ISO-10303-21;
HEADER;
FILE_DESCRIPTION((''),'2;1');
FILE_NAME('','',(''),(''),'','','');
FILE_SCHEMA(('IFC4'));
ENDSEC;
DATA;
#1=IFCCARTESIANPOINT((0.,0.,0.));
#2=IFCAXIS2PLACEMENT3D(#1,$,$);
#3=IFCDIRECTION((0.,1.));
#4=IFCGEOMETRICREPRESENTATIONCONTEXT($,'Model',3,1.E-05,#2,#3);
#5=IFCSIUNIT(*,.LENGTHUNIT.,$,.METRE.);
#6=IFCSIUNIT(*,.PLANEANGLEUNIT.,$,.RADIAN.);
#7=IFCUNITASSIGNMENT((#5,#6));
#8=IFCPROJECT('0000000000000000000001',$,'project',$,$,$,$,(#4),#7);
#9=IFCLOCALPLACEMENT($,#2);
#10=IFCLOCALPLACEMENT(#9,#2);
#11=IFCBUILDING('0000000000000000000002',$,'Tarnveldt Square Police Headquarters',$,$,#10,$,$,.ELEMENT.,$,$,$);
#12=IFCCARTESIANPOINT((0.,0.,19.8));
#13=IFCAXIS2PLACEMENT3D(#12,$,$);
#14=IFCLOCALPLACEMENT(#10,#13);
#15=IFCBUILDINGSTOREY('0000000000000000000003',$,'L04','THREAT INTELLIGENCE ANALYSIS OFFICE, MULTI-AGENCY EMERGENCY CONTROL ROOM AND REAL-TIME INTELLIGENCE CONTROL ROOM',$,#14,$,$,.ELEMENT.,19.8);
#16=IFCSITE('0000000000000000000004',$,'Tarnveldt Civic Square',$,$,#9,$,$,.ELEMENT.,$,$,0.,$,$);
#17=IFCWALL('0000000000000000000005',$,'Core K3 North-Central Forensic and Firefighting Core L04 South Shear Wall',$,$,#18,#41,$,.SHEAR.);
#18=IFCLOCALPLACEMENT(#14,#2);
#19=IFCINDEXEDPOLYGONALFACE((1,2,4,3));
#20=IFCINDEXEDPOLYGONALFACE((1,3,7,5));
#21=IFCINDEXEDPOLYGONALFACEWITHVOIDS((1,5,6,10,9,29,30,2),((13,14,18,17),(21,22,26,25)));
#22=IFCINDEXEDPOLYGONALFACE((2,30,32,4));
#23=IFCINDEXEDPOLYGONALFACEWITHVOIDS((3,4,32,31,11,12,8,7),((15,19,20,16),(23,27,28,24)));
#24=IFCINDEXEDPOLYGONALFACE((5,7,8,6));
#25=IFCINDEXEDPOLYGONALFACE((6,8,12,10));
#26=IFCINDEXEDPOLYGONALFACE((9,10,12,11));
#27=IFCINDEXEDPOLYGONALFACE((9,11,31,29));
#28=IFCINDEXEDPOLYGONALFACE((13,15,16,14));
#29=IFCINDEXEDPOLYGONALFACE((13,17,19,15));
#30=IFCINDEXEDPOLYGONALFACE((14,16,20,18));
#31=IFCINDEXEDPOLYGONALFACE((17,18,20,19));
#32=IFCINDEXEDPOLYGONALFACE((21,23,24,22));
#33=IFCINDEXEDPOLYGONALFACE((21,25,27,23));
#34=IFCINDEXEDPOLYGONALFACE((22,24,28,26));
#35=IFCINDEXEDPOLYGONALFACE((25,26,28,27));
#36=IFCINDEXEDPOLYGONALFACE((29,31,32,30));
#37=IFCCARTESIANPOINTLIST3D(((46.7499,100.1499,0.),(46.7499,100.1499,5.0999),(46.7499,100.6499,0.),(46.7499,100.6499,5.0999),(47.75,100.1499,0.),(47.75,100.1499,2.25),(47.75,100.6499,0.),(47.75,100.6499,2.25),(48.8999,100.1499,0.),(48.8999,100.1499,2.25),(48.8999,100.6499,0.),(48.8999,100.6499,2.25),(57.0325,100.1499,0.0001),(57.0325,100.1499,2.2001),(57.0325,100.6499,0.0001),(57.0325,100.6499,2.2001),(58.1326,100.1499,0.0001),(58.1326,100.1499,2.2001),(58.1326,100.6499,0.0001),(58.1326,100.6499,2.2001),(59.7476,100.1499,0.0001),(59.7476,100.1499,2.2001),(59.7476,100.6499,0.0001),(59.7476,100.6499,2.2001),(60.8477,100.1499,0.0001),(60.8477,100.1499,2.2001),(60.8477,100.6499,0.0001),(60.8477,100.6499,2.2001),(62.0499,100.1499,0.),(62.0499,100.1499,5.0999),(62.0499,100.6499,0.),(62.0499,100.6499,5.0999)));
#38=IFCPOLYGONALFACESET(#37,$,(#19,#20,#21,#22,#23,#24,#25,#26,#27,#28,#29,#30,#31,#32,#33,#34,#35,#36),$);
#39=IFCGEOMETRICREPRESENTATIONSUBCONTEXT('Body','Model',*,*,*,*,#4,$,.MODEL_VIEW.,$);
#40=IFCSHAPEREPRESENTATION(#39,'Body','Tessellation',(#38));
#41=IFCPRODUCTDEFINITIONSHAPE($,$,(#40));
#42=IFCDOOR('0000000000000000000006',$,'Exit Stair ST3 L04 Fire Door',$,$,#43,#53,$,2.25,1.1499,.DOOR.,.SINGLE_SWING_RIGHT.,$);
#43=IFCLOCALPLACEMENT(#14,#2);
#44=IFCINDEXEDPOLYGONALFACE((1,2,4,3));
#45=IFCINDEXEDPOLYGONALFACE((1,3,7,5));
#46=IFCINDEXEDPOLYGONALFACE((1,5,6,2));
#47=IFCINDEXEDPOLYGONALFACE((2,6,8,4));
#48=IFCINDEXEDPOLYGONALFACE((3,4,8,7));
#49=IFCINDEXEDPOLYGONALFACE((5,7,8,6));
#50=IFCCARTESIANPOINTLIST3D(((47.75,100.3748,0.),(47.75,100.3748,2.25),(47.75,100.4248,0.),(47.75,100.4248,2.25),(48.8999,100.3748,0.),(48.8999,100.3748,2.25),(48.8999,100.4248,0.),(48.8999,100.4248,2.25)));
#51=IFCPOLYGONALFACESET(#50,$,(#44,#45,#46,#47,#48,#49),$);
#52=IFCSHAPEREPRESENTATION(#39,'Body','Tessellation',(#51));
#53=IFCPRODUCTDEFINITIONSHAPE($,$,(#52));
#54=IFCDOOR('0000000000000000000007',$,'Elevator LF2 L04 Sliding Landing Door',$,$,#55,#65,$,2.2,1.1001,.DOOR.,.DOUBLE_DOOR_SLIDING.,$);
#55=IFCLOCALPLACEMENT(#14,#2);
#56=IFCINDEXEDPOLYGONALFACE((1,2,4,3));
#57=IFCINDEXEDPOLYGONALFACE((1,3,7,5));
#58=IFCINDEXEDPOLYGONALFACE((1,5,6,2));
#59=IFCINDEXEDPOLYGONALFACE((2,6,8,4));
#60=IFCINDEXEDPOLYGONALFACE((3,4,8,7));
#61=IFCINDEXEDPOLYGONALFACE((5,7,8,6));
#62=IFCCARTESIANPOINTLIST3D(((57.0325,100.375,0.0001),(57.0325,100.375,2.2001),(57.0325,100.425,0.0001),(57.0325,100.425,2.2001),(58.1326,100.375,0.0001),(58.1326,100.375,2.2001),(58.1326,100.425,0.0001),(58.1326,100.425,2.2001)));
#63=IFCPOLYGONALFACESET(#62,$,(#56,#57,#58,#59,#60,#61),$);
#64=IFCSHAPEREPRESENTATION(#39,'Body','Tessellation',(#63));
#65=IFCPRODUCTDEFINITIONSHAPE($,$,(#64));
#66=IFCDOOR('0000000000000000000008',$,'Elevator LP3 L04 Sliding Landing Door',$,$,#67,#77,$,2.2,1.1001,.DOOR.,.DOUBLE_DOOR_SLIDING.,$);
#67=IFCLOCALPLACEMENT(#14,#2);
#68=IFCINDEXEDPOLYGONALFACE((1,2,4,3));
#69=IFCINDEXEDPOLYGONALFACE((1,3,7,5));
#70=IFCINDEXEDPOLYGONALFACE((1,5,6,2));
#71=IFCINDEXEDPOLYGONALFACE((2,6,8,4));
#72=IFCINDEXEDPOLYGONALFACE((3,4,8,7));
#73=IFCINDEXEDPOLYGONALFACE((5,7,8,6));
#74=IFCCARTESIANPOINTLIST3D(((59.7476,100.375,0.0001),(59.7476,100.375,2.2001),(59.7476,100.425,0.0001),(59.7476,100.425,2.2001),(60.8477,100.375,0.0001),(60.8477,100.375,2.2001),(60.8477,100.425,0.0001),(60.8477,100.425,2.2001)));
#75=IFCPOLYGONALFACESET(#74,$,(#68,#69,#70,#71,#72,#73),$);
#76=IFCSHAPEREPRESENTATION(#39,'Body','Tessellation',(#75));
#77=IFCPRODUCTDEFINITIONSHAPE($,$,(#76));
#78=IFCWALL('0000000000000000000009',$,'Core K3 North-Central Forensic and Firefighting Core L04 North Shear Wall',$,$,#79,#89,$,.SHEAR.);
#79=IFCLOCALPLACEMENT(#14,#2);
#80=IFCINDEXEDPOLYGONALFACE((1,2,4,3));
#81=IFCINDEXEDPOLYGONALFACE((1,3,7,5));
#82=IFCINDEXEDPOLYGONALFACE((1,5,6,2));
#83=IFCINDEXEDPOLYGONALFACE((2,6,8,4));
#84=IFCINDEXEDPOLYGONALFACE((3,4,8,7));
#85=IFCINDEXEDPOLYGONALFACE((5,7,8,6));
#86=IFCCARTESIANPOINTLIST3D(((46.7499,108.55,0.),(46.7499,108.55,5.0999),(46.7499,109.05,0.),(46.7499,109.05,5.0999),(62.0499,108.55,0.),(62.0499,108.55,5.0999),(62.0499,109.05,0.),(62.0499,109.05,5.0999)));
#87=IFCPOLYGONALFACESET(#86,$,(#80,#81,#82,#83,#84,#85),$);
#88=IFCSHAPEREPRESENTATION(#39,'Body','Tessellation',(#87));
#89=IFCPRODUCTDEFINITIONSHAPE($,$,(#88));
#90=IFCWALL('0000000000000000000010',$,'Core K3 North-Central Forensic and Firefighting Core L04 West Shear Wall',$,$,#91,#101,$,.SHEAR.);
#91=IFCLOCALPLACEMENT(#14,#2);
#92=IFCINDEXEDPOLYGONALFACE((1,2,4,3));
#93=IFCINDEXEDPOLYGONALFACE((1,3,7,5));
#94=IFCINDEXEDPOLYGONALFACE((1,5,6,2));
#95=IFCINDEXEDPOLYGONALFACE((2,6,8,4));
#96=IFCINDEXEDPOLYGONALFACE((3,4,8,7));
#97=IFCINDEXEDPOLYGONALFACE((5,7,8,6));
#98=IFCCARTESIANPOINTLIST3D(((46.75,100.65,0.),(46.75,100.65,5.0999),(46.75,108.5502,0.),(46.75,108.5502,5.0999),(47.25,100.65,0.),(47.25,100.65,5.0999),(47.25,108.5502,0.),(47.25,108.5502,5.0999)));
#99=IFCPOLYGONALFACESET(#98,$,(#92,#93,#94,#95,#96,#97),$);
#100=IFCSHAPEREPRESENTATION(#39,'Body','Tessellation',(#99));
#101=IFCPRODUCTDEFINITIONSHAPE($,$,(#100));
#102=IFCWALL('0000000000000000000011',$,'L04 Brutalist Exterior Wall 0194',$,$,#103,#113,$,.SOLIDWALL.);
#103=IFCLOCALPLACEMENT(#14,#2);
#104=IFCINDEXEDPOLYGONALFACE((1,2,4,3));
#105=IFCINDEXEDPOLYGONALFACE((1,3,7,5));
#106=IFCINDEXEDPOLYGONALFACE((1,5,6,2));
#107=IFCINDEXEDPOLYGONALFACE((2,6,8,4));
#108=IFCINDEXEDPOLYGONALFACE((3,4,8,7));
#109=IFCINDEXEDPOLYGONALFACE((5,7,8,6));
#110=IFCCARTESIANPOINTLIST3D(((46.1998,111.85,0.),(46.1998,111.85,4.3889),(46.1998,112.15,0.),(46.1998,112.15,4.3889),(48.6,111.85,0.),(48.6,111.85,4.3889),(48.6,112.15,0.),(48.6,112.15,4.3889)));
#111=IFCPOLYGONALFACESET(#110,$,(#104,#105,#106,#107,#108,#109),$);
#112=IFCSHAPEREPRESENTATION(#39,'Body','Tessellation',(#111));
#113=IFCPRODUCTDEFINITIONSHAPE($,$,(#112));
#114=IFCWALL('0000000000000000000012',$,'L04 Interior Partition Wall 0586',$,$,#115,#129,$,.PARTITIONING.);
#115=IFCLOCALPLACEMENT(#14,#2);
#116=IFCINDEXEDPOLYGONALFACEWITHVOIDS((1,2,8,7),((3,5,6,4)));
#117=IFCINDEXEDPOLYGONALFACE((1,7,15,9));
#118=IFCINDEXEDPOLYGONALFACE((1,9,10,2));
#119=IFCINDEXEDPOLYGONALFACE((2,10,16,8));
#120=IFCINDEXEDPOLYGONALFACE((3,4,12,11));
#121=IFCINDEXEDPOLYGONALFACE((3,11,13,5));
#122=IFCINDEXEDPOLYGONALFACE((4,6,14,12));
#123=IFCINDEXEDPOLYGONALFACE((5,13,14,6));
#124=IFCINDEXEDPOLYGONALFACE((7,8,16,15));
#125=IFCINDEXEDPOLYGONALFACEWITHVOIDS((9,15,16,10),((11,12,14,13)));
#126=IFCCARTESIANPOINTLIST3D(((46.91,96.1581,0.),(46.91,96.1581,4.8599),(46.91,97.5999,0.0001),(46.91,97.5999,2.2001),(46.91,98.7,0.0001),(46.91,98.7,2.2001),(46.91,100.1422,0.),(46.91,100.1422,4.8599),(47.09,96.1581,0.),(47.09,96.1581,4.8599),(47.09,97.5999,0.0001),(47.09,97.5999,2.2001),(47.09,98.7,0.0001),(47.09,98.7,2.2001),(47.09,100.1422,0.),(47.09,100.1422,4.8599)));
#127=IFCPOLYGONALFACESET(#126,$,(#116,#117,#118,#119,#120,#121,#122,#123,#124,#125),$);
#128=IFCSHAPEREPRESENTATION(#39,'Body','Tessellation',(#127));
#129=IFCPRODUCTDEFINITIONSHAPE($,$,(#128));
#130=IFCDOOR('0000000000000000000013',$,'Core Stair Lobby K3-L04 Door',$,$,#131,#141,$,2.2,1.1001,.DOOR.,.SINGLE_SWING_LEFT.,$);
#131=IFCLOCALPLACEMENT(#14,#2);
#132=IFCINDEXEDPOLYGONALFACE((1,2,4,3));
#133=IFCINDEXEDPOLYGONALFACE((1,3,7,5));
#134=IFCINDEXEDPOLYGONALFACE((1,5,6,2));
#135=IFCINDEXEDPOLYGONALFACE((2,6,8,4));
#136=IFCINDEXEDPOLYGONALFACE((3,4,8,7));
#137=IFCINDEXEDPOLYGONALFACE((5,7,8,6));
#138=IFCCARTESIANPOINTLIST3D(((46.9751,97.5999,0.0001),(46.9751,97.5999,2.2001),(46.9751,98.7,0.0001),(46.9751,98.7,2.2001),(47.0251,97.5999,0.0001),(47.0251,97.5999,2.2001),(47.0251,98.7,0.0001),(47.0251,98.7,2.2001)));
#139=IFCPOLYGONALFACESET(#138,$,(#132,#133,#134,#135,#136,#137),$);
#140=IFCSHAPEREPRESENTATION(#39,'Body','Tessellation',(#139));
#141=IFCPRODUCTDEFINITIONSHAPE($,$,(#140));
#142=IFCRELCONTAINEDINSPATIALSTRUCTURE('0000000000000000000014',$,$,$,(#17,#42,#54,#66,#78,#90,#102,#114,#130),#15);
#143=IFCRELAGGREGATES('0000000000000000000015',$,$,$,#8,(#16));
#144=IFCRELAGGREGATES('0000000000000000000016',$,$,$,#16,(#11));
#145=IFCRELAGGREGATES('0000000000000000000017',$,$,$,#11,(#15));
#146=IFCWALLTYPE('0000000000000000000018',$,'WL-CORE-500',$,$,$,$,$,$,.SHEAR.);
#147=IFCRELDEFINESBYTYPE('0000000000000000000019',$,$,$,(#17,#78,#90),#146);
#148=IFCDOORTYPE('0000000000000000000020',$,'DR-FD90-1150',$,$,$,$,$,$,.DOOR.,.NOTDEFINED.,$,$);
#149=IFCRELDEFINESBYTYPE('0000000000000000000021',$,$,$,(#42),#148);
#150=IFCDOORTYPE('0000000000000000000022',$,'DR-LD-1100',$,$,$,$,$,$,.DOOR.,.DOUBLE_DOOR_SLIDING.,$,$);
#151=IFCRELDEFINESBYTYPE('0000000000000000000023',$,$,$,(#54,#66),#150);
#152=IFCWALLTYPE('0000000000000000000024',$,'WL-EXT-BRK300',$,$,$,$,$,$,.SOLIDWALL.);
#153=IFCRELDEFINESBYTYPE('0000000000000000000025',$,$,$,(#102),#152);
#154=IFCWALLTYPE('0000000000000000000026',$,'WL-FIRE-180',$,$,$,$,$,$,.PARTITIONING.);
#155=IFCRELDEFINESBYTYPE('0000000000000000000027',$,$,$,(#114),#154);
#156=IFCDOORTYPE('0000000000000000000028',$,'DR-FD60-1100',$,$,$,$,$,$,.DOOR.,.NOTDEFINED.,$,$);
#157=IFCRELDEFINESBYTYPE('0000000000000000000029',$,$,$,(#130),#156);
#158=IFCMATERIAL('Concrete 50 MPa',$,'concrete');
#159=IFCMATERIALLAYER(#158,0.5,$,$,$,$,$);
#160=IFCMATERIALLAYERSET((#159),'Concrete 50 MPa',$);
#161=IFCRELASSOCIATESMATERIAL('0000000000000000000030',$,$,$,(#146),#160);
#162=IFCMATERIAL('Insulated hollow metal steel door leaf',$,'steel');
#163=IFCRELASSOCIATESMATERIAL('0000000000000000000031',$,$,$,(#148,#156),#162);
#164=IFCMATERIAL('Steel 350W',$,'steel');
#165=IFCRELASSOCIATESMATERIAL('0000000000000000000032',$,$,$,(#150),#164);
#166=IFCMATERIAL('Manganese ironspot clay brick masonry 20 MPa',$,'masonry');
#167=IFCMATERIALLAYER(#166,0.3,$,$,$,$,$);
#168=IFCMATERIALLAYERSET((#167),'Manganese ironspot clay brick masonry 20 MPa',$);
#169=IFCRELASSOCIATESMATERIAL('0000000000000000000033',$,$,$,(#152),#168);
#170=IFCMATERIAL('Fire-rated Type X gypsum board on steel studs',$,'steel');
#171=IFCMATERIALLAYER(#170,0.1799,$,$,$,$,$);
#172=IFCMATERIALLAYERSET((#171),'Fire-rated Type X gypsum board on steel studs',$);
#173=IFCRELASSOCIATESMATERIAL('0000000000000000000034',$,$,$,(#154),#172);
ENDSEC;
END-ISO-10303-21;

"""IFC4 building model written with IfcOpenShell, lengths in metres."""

from ifc_helpers import new_model, si_unit, direction, frame, frame_2d, origin, place, context, subcontext, project, spatial, rectangle, extrude, material, layer, layer_set, type_object, element, fill, save


model = new_model("IFC4")

# Units and contexts
model_context = context("Model", 3, precision=1e-05, world=origin(), true_north=direction((0.0, 1.0)))
body_context = subcontext(model_context, "Body", "Model", "MODEL_VIEW")
ifc_project = project(units=[si_unit("LENGTHUNIT", "METRE"), si_unit("PLANEANGLEUNIT", "RADIAN")], contexts=[model_context])

# Site, building, storey
site_placement = place(None, origin())
site = spatial("IfcSite", under=ifc_project, at=site_placement, Name="Tarnveldt Civic Square", CompositionType="ELEMENT", RefElevation=0.0)
building_placement = place(site_placement, origin())
building = spatial("IfcBuilding", under=site, at=building_placement, Name="Tarnveldt Square Police Headquarters", CompositionType="ELEMENT")
storey_placement = place(building_placement, frame((0.0, 0.0, 19.8)))
storey = spatial("IfcBuildingStorey", under=building, at=storey_placement, Name="L04", Description="THREAT INTELLIGENCE ANALYSIS OFFICE, MULTI-AGENCY EMERGENCY CONTROL ROOM AND REAL-TIME INTELLIGENCE CONTROL ROOM", CompositionType="ELEMENT", Elevation=19.8)

# Shared definitions
ifc_material_1 = material(Name="Steel 350W", Category="steel")

# Shared definitions
ifc_material_2 = material(Name="Concrete 50 MPa", Category="concrete")

# Wall, openings, doors
ifc_layer_1 = layer(ifc_material_2, 0.5)
ifc_layer_set_1 = layer_set([ifc_layer_1], Name="Concrete 50 MPa")
wall_type_1 = type_object("IfcWallType", Name="WL-CORE-500", PredefinedType="SHEAR", material=ifc_layer_set_1)
wall_1_placement = place(storey_placement, frame((46.75, 100.3999, 0.0), z_axis=(0.0, 0.0, 1.0), x_axis=(1.0, 0.0, 0.0)))
wall_1 = element("IfcWall", 1, at=wall_1_placement, inside=storey, type_object=wall_type_1, Name="Core K3 North-Central Forensic and Firefighting Core L04 South Shear Wall", PredefinedType="SHEAR", context=body_context, shape_type="SweptSolid", body=[
    extrude(rectangle(XDim=15.3, YDim=0.5, at=frame_2d((7.6499, 0.0))), origin(), (0.0, 0.0, 1.0), 5.0999),
])
opening_1_placement = place(wall_1_placement, frame((1.0, 0.0, 0.0)))
opening_1 = element("IfcOpeningElement", 2, at=opening_1_placement, cuts=wall_1, PredefinedType="OPENING", context=body_context, shape_type="SweptSolid", body=[
    extrude(rectangle(XDim=1.1499, YDim=2.25, at=frame_2d((0.575, 1.125))), frame((0.0, 0.26, 0.0), z_axis=(0.0, -1.0, 0.0), x_axis=(1.0, 0.0, 0.0)), (0.0, 0.0, 1.0), 0.52),
])
opening_2_placement = place(wall_1_placement, frame((10.2825, 0.0, 0.0)))
opening_2 = element("IfcOpeningElement", 3, at=opening_2_placement, cuts=wall_1, PredefinedType="OPENING", context=body_context, shape_type="SweptSolid", body=[
    extrude(rectangle(XDim=1.1001, YDim=2.2, at=frame_2d((0.55, 1.1001))), frame((0.0, 0.26, 0.0), z_axis=(0.0, -1.0, 0.0), x_axis=(1.0, 0.0, 0.0)), (0.0, 0.0, 1.0), 0.52),
])
opening_3_placement = place(wall_1_placement, frame((12.9976, 0.0, 0.0)))
opening_3 = element("IfcOpeningElement", 4, at=opening_3_placement, cuts=wall_1, PredefinedType="OPENING", context=body_context, shape_type="SweptSolid", body=[
    extrude(rectangle(XDim=1.1001, YDim=2.2, at=frame_2d((0.55, 1.1001))), frame((0.0, 0.26, 0.0), z_axis=(0.0, -1.0, 0.0), x_axis=(1.0, 0.0, 0.0)), (0.0, 0.0, 1.0), 0.52),
])
ifc_material_3 = material(Name="Insulated hollow metal steel door leaf", Category="steel")
door_type_1 = type_object("IfcDoorType", Name="DR-FD90-1150", OperationType="NOTDEFINED", PredefinedType="DOOR", material=ifc_material_3)
door_1_placement = place(opening_1_placement, origin())
door_1 = element("IfcDoor", 5, at=door_1_placement, inside=storey, type_object=door_type_1, Name="Exit Stair ST3 L04 Fire Door", OperationType="SINGLE_SWING_RIGHT", OverallHeight=2.25, OverallWidth=1.1499, PredefinedType="DOOR", context=body_context, shape_type="SweptSolid", body=[
    extrude(rectangle(XDim=1.1499, YDim=2.25, at=frame_2d((0.575, 1.125))), frame((0.0, 0.0249, 0.0), z_axis=(0.0, -1.0, 0.0), x_axis=(1.0, 0.0, 0.0)), (0.0, 0.0, 1.0), 0.05),
])
fill(opening_1, door_1)
door_type_2 = type_object("IfcDoorType", Name="DR-LD-1100", OperationType="DOUBLE_DOOR_SLIDING", PredefinedType="DOOR", material=ifc_material_1)
door_2_placement = place(opening_2_placement, frame((1.1001, 0.0, 0.0), z_axis=(0.0, 0.0, 1.0), x_axis=(-1.0, 0.0, 0.0)))
door_2 = element("IfcDoor", 6, at=door_2_placement, inside=storey, type_object=door_type_2, Name="Elevator LF2 L04 Sliding Landing Door", OperationType="DOUBLE_DOOR_SLIDING", OverallHeight=2.2, OverallWidth=1.1001, PredefinedType="DOOR", context=body_context, shape_type="SweptSolid", body=[
    extrude(rectangle(XDim=1.1001, YDim=2.2, at=frame_2d((0.55, 1.1001))), frame((0.0, 0.0249, 0.0), z_axis=(0.0, -1.0, 0.0), x_axis=(1.0, 0.0, 0.0)), (0.0, 0.0, 1.0), 0.05),
])
fill(opening_2, door_2)
door_3_placement = place(opening_3_placement, frame((1.1001, 0.0, 0.0), z_axis=(0.0, 0.0, 1.0), x_axis=(-1.0, 0.0, 0.0)))
door_3 = element("IfcDoor", 7, at=door_3_placement, inside=storey, type_object=door_type_2, Name="Elevator LP3 L04 Sliding Landing Door", OperationType="DOUBLE_DOOR_SLIDING", OverallHeight=2.2, OverallWidth=1.1001, PredefinedType="DOOR", context=body_context, shape_type="SweptSolid", body=[
    extrude(rectangle(XDim=1.1001, YDim=2.2, at=frame_2d((0.55, 1.1001))), frame((0.0, 0.0249, 0.0), z_axis=(0.0, -1.0, 0.0), x_axis=(1.0, 0.0, 0.0)), (0.0, 0.0, 1.0), 0.05),
])
fill(opening_3, door_3)

# Walls
wall_2_placement = place(storey_placement, frame((46.75, 108.8, 0.0), z_axis=(0.0, 0.0, 1.0), x_axis=(1.0, 0.0, 0.0)))
element("IfcWall", 8, at=wall_2_placement, inside=storey, type_object=wall_type_1, Name="Core K3 North-Central Forensic and Firefighting Core L04 North Shear Wall", PredefinedType="SHEAR", context=body_context, shape_type="SweptSolid", body=[
    extrude(rectangle(XDim=15.3, YDim=0.5, at=frame_2d((7.6499, 0.0))), origin(), (0.0, 0.0, 1.0), 5.0999),
])
wall_3_placement = place(storey_placement, frame((47.0, 100.6499, 0.0), z_axis=(0.0, 0.0, 1.0), x_axis=(0.0, 1.0, 0.0)))
element("IfcWall", 9, at=wall_3_placement, inside=storey, type_object=wall_type_1, Name="Core K3 North-Central Forensic and Firefighting Core L04 West Shear Wall", PredefinedType="SHEAR", context=body_context, shape_type="SweptSolid", body=[
    extrude(rectangle(XDim=7.9001, YDim=0.5, at=frame_2d((3.9502, 0.0))), origin(), (0.0, 0.0, 1.0), 5.0999),
])
ifc_material_4 = material(Name="Manganese ironspot clay brick masonry 20 MPa", Category="masonry")
ifc_layer_2 = layer(ifc_material_4, 0.3)
ifc_layer_set_2 = layer_set([ifc_layer_2], Name="Manganese ironspot clay brick masonry 20 MPa")
wall_type_2 = type_object("IfcWallType", Name="WL-EXT-BRK300", PredefinedType="SOLIDWALL", material=ifc_layer_set_2)
wall_4_placement = place(storey_placement, frame((48.6001, 112.0, 0.0), z_axis=(0.0, 0.0, 1.0), x_axis=(-1.0, 0.0, 0.0)))
element("IfcWall", 10, at=wall_4_placement, inside=storey, type_object=wall_type_2, Name="L04 Brutalist Exterior Wall 0194", PredefinedType="SOLIDWALL", context=body_context, shape_type="SweptSolid", body=[
    extrude(rectangle(XDim=2.4001, YDim=0.3, at=frame_2d((1.2002, 0.0))), origin(), (0.0, 0.0, 1.0), 4.3889),
])

# Wall, opening, door
ifc_material_5 = material(Name="Fire-rated Type X gypsum board on steel studs", Category="steel")
ifc_layer_3 = layer(ifc_material_5, 0.1799)
ifc_layer_set_3 = layer_set([ifc_layer_3], Name="Fire-rated Type X gypsum board on steel studs")
wall_type_3 = type_object("IfcWallType", Name="WL-FIRE-180", PredefinedType="PARTITIONING", material=ifc_layer_set_3)
wall_5_placement = place(storey_placement, frame((47.0, 96.158, 0.0), z_axis=(0.0, 0.0, 1.0), x_axis=(0.0, 1.0, 0.0)))
wall_5 = element("IfcWall", 11, at=wall_5_placement, inside=storey, type_object=wall_type_3, Name="L04 Interior Partition Wall 0586", PredefinedType="PARTITIONING", context=body_context, shape_type="SweptSolid", body=[
    extrude(rectangle(XDim=3.9841, YDim=0.1799, at=frame_2d((1.9922, 0.0))), origin(), (0.0, 0.0, 1.0), 4.8599),
])
opening_4_placement = place(wall_5_placement, frame((1.4419, 0.0, 0.0)))
opening_4 = element("IfcOpeningElement", 12, at=opening_4_placement, cuts=wall_5, PredefinedType="OPENING", context=body_context, shape_type="SweptSolid", body=[
    extrude(rectangle(XDim=1.1001, YDim=2.2, at=frame_2d((0.55, 1.1001))), frame((0.0, 0.0999, 0.0), z_axis=(0.0, -1.0, 0.0), x_axis=(1.0, 0.0, 0.0)), (0.0, 0.0, 1.0), 0.2),
])
door_type_3 = type_object("IfcDoorType", Name="DR-FD60-1100", OperationType="NOTDEFINED", PredefinedType="DOOR", material=ifc_material_3)
door_4_placement = place(opening_4_placement, origin())
door_4 = element("IfcDoor", 13, at=door_4_placement, inside=storey, type_object=door_type_3, Name="Core Stair Lobby K3-L04 Door", OperationType="SINGLE_SWING_LEFT", OverallHeight=2.2, OverallWidth=1.1001, PredefinedType="DOOR", context=body_context, shape_type="SweptSolid", body=[
    extrude(rectangle(XDim=1.1001, YDim=2.2, at=frame_2d((0.55, 1.1001))), frame((0.0, 0.0249, 0.0), z_axis=(0.0, -1.0, 0.0), x_axis=(1.0, 0.0, 0.0)), (0.0, 0.0, 1.0), 0.05),
])
fill(opening_4, door_4)

save(model, "model.ifc")
